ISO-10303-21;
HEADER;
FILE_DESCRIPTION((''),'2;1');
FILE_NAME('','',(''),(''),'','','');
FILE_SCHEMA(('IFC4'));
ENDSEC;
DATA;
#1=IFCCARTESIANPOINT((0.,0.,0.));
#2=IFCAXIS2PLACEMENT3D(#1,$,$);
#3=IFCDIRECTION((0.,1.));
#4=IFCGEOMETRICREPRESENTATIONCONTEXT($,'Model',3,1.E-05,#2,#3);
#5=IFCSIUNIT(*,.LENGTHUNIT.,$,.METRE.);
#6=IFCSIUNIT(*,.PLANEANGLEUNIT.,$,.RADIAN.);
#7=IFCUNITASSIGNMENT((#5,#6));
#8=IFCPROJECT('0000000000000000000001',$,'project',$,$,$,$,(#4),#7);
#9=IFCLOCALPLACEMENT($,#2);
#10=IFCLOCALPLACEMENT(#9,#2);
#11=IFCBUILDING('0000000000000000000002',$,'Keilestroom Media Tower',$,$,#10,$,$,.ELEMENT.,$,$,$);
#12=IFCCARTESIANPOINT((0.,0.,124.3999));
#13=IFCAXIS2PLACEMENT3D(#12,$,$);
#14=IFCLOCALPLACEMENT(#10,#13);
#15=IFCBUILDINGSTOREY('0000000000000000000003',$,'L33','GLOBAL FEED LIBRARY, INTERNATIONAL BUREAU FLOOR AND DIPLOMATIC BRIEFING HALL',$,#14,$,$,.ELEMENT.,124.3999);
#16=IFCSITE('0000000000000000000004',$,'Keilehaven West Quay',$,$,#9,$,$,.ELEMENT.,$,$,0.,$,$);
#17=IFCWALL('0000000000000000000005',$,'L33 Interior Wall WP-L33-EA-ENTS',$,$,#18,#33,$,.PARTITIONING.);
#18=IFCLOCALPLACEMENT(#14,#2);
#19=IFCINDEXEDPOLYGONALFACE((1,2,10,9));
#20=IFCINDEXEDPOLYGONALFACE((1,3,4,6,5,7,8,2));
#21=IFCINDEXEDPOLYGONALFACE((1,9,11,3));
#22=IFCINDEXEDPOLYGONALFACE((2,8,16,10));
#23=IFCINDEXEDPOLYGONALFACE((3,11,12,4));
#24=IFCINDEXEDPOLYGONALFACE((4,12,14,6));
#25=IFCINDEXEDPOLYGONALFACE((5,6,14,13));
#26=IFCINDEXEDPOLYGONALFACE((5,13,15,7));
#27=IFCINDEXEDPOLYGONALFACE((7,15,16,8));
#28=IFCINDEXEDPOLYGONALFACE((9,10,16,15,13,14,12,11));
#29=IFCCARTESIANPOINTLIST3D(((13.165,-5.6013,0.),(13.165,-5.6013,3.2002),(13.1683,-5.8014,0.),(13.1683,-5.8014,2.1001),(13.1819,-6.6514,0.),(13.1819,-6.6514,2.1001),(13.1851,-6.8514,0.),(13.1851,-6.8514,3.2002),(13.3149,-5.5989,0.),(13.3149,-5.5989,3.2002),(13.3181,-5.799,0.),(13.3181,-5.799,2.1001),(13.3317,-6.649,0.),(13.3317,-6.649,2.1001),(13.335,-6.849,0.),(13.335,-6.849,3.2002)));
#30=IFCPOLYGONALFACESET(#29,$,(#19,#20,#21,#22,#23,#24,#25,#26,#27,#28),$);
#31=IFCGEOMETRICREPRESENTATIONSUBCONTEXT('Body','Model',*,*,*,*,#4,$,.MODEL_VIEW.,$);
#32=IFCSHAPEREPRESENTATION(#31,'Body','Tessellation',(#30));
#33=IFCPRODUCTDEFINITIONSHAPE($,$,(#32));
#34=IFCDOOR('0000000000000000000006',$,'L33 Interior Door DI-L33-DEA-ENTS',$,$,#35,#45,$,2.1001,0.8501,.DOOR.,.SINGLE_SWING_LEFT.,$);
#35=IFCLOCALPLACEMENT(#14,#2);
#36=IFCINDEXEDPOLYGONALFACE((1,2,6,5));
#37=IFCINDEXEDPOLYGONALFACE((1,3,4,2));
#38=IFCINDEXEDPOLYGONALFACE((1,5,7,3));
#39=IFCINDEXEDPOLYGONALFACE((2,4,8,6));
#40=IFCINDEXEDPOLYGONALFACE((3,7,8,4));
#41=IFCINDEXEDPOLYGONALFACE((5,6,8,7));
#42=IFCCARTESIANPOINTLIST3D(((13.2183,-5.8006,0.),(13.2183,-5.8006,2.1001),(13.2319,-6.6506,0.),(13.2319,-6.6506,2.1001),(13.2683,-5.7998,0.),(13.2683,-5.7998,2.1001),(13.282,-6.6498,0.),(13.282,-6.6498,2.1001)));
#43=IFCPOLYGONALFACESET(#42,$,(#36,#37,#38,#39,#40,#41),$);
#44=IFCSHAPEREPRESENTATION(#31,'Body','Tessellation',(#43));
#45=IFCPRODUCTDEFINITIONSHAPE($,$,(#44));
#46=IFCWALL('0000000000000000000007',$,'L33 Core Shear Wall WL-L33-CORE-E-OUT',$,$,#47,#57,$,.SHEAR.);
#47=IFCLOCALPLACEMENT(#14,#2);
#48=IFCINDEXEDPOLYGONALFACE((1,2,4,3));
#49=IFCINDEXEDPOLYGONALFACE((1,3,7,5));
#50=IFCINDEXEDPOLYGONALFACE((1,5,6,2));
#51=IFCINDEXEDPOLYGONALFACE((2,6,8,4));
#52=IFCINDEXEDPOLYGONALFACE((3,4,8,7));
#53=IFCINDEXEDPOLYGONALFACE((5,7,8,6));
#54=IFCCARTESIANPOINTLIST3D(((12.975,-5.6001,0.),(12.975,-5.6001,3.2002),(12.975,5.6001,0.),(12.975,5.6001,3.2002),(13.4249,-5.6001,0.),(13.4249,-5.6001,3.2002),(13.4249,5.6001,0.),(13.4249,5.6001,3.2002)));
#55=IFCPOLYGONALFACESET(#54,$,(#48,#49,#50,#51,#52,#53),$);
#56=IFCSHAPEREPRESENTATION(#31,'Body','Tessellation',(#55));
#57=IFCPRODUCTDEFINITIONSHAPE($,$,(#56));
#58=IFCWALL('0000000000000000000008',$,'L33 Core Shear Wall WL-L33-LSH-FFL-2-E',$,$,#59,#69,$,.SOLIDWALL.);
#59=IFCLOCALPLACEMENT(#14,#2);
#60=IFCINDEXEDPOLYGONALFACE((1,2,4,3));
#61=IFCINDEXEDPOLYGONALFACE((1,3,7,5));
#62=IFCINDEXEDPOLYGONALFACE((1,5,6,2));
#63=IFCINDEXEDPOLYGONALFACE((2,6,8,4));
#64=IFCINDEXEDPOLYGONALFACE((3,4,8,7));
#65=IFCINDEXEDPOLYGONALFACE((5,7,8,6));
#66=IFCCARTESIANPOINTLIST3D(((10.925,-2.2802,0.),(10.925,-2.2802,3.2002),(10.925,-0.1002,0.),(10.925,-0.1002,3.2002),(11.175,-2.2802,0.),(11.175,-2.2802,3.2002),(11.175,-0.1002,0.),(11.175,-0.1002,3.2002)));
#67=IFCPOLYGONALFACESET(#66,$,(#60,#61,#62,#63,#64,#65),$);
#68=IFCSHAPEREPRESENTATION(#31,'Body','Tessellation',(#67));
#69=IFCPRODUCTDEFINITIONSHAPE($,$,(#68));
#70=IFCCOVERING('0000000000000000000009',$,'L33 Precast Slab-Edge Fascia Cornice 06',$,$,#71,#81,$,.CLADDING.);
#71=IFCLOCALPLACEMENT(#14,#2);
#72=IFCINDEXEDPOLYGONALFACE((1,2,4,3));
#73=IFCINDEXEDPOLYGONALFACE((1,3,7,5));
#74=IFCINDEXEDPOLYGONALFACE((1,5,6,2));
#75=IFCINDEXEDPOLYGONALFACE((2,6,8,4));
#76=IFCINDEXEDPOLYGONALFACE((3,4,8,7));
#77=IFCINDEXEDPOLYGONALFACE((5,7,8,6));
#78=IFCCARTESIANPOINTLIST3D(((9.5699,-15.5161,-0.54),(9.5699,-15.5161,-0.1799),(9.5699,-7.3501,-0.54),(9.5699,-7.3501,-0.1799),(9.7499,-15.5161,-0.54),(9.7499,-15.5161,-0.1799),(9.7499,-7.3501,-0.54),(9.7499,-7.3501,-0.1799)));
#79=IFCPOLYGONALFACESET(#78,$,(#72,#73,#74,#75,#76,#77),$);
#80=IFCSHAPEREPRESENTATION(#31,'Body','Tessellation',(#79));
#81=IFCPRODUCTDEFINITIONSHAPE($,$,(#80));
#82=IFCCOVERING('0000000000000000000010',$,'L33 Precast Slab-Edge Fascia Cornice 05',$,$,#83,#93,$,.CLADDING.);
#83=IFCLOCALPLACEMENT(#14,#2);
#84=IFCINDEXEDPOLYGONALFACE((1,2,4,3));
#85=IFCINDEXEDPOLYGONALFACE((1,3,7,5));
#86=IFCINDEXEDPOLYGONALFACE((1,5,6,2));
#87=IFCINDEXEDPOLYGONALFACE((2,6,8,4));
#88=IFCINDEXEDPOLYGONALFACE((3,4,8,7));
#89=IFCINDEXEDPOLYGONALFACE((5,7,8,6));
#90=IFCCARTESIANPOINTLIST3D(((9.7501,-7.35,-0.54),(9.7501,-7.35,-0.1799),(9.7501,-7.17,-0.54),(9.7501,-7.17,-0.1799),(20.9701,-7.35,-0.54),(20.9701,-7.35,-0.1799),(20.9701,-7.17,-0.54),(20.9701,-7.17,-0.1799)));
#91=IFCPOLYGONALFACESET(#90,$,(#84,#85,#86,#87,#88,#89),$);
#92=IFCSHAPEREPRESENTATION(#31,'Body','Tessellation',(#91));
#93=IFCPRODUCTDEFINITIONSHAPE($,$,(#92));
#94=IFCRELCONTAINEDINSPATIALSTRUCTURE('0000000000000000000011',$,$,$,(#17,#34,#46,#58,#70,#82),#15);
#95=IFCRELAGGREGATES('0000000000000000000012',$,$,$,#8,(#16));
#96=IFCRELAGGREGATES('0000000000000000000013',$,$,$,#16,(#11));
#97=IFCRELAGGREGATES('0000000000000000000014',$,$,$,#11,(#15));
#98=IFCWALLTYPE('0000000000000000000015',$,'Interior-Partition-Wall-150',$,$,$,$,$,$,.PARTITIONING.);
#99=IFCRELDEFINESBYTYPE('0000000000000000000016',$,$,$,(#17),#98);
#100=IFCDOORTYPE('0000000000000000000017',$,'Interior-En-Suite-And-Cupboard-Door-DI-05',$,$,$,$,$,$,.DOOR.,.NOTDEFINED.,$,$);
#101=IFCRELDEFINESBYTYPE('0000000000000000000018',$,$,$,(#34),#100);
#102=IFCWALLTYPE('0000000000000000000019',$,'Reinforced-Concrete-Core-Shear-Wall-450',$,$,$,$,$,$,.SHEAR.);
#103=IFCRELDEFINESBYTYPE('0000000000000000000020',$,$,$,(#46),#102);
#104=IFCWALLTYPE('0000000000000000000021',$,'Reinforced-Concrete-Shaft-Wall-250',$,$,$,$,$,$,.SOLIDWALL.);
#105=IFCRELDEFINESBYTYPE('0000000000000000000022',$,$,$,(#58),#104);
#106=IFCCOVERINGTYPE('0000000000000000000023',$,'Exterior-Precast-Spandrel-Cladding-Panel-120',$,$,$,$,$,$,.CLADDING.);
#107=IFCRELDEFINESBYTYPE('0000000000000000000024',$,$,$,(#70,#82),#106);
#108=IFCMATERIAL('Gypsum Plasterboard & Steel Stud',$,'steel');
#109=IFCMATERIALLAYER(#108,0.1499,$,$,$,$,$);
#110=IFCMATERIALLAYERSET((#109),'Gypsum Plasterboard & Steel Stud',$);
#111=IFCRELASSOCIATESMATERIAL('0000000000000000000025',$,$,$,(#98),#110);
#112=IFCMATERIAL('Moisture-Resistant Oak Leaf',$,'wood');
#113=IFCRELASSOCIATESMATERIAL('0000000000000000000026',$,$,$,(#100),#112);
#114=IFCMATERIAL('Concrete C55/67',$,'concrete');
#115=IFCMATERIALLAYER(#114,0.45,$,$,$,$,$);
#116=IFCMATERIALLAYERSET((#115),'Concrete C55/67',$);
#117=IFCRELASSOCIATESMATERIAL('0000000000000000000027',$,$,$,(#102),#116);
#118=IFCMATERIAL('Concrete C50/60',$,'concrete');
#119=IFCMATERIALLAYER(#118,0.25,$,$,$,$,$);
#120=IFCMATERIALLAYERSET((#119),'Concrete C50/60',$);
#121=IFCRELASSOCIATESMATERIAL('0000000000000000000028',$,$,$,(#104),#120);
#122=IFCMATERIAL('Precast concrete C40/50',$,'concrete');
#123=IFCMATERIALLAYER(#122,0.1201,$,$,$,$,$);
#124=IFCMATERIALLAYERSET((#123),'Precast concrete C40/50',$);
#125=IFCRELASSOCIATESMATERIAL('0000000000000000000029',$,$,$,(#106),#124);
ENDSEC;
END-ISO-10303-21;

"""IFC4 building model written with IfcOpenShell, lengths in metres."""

from ifc_helpers import new_model, si_unit, direction, frame, frame_2d, origin, origin_2d, place, context, subcontext, project, spatial, rectangle, extrude, source, transform, mapped, material, layer, layer_set, type_object, element, fill, save


model = new_model("IFC4")

# Units and contexts
model_context = context("Model", 3, precision=1e-05, world=origin(), true_north=direction((0.0, 1.0)))
body_context = subcontext(model_context, "Body", "Model", "MODEL_VIEW")
ifc_project = project(units=[si_unit("LENGTHUNIT", "METRE"), si_unit("PLANEANGLEUNIT", "RADIAN")], contexts=[model_context])

# Site, building, storey
site_placement = place(None, origin())
site = spatial("IfcSite", under=ifc_project, at=site_placement, Name="Keilehaven West Quay", CompositionType="ELEMENT", RefElevation=0.0)
building_placement = place(site_placement, origin())
building = spatial("IfcBuilding", under=site, at=building_placement, Name="Keilestroom Media Tower", CompositionType="ELEMENT")
storey_placement = place(building_placement, frame((0.0, 0.0, 124.3999)))
storey = spatial("IfcBuildingStorey", under=building, at=storey_placement, Name="L33", Description="GLOBAL FEED LIBRARY, INTERNATIONAL BUREAU FLOOR AND DIPLOMATIC BRIEFING HALL", CompositionType="ELEMENT", Elevation=124.3999)

# Shared definitions
ifc_material_1 = material(Name="Precast concrete C40/50", Category="concrete")
ifc_material_2 = material(Name="Concrete C55/67", Category="concrete")

# Shared definitions
ifc_material_3 = material(Name="Gypsum Plasterboard & Steel Stud", Category="steel")

# Shared definitions
ifc_layer_1 = layer(ifc_material_3, 0.1499)
ifc_layer_set_1 = layer_set([ifc_layer_1], Name="Gypsum Plasterboard & Steel Stud")
wall_type_1 = type_object("IfcWallType", Name="Interior-Partition-Wall-150", PredefinedType="PARTITIONING", material=ifc_layer_set_1)

# Wall, opening, door
wall_1_placement = place(storey_placement, frame((13.26, -6.8501, 0.0), z_axis=(0.0, 0.0, 1.0), x_axis=(-0.016014, 0.999872, 0.0)))
wall_1 = element("IfcWall", 1, at=wall_1_placement, inside=storey, type_object=wall_type_1, Name="L33 Interior Wall WP-L33-EA-ENTS", PredefinedType="PARTITIONING", context=body_context, shape_type="SweptSolid", body=[
    extrude(rectangle(XDim=1.2502, YDim=0.1499, at=frame_2d((0.625, 0.0))), origin(), (0.0, 0.0, 1.0), 3.2002),
])
opening_1_placement = place(wall_1_placement, frame((0.2, 0.0, 0.0)))
opening_1 = element("IfcOpeningElement", 2, at=opening_1_placement, cuts=wall_1, PredefinedType="OPENING", context=body_context, shape_type="SweptSolid", body=[
    extrude(rectangle(XDim=0.8501, YDim=2.1001, at=frame_2d((0.425, 1.05))), frame((0.0, 0.085, 0.0), z_axis=(0.0, -1.0, 0.0), x_axis=(1.0, 0.0, 0.0)), (0.0, 0.0, 1.0), 0.1699),
])
ifc_material_4 = material(Name="Moisture-Resistant Oak Leaf", Category="wood")
door_type_1 = type_object("IfcDoorType", Name="Interior-En-Suite-And-Cupboard-Door-DI-05", OperationType="NOTDEFINED", PredefinedType="DOOR", material=ifc_material_4)
shared_shape_1 = source(origin(), body_context, "Body", "SweptSolid", [
    extrude(rectangle(XDim=0.8501, YDim=2.1001, at=frame_2d((0.425, 1.05))), frame((0.0, 0.0249, 0.0), z_axis=(0.0, -1.0, 0.0), x_axis=(1.0, 0.0, 0.0)), (0.0, 0.0, 1.0), 0.05),
])
door_1_placement = place(opening_1_placement, origin())
door_1 = element("IfcDoor", 3, at=door_1_placement, inside=storey, type_object=door_type_1, Name="L33 Interior Door DI-L33-DEA-ENTS", OperationType="SINGLE_SWING_LEFT", OverallHeight=2.1001, OverallWidth=0.8501, PredefinedType="DOOR", context=body_context, shape_type="MappedRepresentation", body=[
    mapped(shared_shape_1, transform((0.0, 0.0, 0.0), x_axis=(1.0, 0.0, 0.0), y_axis=(0.0, 1.0, 0.0), z_axis=(0.0, 0.0, 1.0), scale=1.0)),
])
fill(opening_1, door_1)

# Walls
ifc_layer_2 = layer(ifc_material_2, 0.45)
ifc_layer_set_2 = layer_set([ifc_layer_2], Name="Concrete C55/67")
wall_type_2 = type_object("IfcWallType", Name="Reinforced-Concrete-Core-Shear-Wall-450", PredefinedType="SHEAR", material=ifc_layer_set_2)
wall_2_placement = place(storey_placement, frame((13.2, -5.6001, 0.0), z_axis=(0.0, 0.0, 1.0), x_axis=(0.0, 1.0, 0.0)))
element("IfcWall", 4, at=wall_2_placement, inside=storey, type_object=wall_type_2, Name="L33 Core Shear Wall WL-L33-CORE-E-OUT", PredefinedType="SHEAR", context=body_context, shape_type="SweptSolid", body=[
    extrude(rectangle(XDim=11.2002, YDim=0.45, at=frame_2d((5.6001, 0.0))), origin(), (0.0, 0.0, 1.0), 3.2002),
])
ifc_material_5 = material(Name="Concrete C50/60", Category="concrete")
ifc_layer_3 = layer(ifc_material_5, 0.25)
ifc_layer_set_3 = layer_set([ifc_layer_3], Name="Concrete C50/60")
wall_type_3 = type_object("IfcWallType", Name="Reinforced-Concrete-Shaft-Wall-250", PredefinedType="SOLIDWALL", material=ifc_layer_set_3)
wall_3_placement = place(storey_placement, frame((11.05, -2.28, 0.0), z_axis=(0.0, 0.0, 1.0), x_axis=(0.0, 1.0, 0.0)))
element("IfcWall", 5, at=wall_3_placement, inside=storey, type_object=wall_type_3, Name="L33 Core Shear Wall WL-L33-LSH-FFL-2-E", PredefinedType="SOLIDWALL", context=body_context, shape_type="SweptSolid", body=[
    extrude(rectangle(XDim=2.1799, YDim=0.25, at=frame_2d((1.0898, 0.0))), origin(), (0.0, 0.0, 1.0), 3.2002),
])

# Coverings
ifc_layer_4 = layer(ifc_material_1, 0.1201)
ifc_layer_set_4 = layer_set([ifc_layer_4], Name="Precast concrete C40/50")
covering_type = type_object("IfcCoveringType", Name="Exterior-Precast-Spandrel-Cladding-Panel-120", PredefinedType="CLADDING", material=ifc_layer_set_4)
shared_shape_2 = source(origin(), body_context, "Body", "SweptSolid", [
    extrude(rectangle(XDim=8.166, YDim=0.1799, at=origin_2d()), origin(), (0.0, 0.0, 1.0), 0.3601),
])
covering_1_placement = place(storey_placement, frame((9.6599, -11.4331, -0.54), z_axis=(0.0, 0.0, 1.0), x_axis=(0.0, -1.0, 0.0)))
element("IfcCovering", 6, at=covering_1_placement, inside=storey, type_object=covering_type, Name="L33 Precast Slab-Edge Fascia Cornice 06", PredefinedType="CLADDING", context=body_context, shape_type="MappedRepresentation", body=[
    mapped(shared_shape_2, transform((0.0, 0.0, 0.0), x_axis=(1.0, 0.0, 0.0), y_axis=(0.0, 1.0, 0.0), z_axis=(0.0, 0.0, 1.0), scale=1.0)),
])
shared_shape_3 = source(origin(), body_context, "Body", "SweptSolid", [
    extrude(rectangle(XDim=11.22, YDim=0.1799, at=origin_2d()), origin(), (0.0, 0.0, 1.0), 0.3601),
])
covering_2_placement = place(storey_placement, frame((15.3601, -7.26, -0.54), z_axis=(0.0, 0.0, 1.0), x_axis=(-1.0, 0.0, 0.0)))
element("IfcCovering", 7, at=covering_2_placement, inside=storey, type_object=covering_type, Name="L33 Precast Slab-Edge Fascia Cornice 05", PredefinedType="CLADDING", context=body_context, shape_type="MappedRepresentation", body=[
    mapped(shared_shape_3, transform((0.0, 0.0, 0.0), x_axis=(1.0, 0.0, 0.0), y_axis=(0.0, 1.0, 0.0), z_axis=(0.0, 0.0, 1.0), scale=1.0)),
])

save(model, "model.ifc")
